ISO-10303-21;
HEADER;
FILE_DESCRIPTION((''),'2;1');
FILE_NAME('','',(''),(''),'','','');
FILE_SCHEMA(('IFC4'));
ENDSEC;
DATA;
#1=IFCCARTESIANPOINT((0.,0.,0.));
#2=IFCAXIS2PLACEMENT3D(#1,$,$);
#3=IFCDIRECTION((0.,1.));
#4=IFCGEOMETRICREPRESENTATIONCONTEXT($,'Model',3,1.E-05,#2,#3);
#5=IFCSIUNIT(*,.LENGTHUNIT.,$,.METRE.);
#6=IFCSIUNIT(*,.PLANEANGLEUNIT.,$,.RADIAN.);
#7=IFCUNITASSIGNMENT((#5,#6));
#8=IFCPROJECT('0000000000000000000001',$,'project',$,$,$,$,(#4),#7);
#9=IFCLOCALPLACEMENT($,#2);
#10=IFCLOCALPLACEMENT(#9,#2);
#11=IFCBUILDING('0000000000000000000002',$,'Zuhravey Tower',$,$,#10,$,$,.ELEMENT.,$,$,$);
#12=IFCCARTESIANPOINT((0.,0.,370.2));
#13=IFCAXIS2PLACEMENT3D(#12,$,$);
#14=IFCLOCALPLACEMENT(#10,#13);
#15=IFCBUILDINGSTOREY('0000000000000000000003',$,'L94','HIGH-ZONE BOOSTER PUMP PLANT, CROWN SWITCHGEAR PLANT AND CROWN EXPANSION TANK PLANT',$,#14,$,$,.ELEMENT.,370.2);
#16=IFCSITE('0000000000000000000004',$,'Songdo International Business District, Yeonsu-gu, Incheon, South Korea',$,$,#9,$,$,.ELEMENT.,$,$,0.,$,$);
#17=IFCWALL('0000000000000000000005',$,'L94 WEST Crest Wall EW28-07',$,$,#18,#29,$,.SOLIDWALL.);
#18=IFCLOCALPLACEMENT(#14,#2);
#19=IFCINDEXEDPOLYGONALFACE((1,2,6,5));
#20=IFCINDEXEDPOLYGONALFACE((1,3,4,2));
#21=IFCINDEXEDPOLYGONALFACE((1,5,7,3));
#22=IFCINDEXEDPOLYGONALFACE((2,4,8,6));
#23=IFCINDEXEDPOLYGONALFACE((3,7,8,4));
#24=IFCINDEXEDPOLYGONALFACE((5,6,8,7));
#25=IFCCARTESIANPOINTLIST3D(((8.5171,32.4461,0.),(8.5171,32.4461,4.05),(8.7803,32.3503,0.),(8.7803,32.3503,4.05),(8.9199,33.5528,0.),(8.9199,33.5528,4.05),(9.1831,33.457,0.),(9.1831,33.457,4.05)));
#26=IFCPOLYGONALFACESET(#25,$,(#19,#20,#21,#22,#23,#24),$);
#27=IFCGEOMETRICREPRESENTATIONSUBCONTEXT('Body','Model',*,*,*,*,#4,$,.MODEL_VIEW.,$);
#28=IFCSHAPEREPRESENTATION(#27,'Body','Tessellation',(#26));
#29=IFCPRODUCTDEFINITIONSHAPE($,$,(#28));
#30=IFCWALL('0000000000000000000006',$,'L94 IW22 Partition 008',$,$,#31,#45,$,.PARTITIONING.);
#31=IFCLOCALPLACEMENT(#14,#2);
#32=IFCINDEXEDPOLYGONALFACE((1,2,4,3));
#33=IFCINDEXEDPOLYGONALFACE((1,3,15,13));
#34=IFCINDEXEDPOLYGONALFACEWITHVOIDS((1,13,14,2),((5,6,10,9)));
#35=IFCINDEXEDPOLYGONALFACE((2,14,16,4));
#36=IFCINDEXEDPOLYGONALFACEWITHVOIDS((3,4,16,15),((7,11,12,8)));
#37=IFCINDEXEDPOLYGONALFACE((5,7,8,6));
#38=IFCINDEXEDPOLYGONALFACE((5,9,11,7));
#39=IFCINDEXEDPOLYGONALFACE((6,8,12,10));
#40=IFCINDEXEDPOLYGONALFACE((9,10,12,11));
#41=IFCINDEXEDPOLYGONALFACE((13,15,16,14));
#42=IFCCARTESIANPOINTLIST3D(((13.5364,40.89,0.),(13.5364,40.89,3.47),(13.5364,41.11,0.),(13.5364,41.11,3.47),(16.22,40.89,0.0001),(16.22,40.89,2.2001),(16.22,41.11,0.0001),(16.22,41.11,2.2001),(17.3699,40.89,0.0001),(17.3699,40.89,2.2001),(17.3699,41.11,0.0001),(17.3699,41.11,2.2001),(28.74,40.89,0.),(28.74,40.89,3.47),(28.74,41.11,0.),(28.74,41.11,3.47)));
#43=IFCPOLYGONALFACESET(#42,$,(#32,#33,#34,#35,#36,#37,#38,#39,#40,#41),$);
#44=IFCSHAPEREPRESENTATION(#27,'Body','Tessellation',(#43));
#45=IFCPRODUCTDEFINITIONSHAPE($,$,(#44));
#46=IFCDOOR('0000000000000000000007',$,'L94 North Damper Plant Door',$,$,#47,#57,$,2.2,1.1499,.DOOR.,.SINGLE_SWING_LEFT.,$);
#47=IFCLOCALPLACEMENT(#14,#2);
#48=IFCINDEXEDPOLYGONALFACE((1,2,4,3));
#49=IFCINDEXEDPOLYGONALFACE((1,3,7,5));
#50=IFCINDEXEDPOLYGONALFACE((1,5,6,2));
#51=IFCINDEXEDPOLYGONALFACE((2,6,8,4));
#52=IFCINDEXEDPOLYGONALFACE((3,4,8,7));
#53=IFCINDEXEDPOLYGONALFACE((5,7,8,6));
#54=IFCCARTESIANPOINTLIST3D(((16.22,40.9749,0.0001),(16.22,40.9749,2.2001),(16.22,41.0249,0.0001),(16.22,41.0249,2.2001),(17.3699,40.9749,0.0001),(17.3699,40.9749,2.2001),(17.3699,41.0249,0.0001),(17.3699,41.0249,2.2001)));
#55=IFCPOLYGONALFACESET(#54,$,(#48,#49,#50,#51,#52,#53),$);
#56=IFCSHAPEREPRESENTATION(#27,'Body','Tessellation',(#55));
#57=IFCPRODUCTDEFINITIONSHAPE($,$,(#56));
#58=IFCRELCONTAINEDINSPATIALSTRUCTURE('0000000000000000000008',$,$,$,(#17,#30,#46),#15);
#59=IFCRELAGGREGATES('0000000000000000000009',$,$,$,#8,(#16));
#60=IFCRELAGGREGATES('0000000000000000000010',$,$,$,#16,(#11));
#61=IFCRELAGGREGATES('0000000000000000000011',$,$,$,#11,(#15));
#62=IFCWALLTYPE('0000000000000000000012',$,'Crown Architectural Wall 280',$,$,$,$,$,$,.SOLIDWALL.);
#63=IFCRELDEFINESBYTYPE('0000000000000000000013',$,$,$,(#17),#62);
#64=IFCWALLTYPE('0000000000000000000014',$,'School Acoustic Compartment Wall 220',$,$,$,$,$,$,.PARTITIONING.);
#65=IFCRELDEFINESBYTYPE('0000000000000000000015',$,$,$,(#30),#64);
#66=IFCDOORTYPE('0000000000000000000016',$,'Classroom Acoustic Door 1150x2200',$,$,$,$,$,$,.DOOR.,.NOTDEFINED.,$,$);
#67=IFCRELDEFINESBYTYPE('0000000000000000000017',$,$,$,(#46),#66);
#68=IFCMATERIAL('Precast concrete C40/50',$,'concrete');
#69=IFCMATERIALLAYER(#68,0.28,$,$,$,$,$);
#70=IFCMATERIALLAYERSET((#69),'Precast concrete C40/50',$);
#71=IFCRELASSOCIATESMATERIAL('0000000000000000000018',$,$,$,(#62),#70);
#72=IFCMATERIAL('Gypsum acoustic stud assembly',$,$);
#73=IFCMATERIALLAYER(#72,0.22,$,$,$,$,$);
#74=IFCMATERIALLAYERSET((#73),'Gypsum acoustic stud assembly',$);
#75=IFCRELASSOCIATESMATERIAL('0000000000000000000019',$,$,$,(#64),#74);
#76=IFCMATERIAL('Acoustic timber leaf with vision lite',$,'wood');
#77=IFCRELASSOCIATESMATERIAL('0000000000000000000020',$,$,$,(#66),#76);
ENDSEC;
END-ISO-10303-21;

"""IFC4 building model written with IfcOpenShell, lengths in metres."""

from ifc_helpers import new_model, si_unit, direction, frame, frame_2d, origin, place, context, subcontext, project, spatial, rectangle, extrude, material, layer, layer_set, type_object, element, fill, save


model = new_model("IFC4")

# Units and contexts
model_context = context("Model", 3, precision=1e-05, world=origin(), true_north=direction((0.0, 1.0)))
body_context = subcontext(model_context, "Body", "Model", "MODEL_VIEW")
ifc_project = project(units=[si_unit("LENGTHUNIT", "METRE"), si_unit("PLANEANGLEUNIT", "RADIAN")], contexts=[model_context])

# Site, building, storey
site_placement = place(None, origin())
site = spatial("IfcSite", under=ifc_project, at=site_placement, Name="Songdo International Business District, Yeonsu-gu, Incheon, South Korea", CompositionType="ELEMENT", RefElevation=0.0)
building_placement = place(site_placement, origin())
building = spatial("IfcBuilding", under=site, at=building_placement, Name="Zuhravey Tower", CompositionType="ELEMENT")
storey_placement = place(building_placement, frame((0.0, 0.0, 370.2)))
storey = spatial("IfcBuildingStorey", under=building, at=storey_placement, Name="L94", Description="HIGH-ZONE BOOSTER PUMP PLANT, CROWN SWITCHGEAR PLANT AND CROWN EXPANSION TANK PLANT", CompositionType="ELEMENT", Elevation=370.2)

# Wall
ifc_material_1 = material(Name="Precast concrete C40/50", Category="concrete")
ifc_layer_1 = layer(ifc_material_1, 0.28)
ifc_layer_set_1 = layer_set([ifc_layer_1], Name="Precast concrete C40/50")
wall_type_1 = type_object("IfcWallType", Name="Crown Architectural Wall 280", PredefinedType="SOLIDWALL", material=ifc_layer_set_1)
wall_1_placement = place(storey_placement, frame((8.6487, 32.3982, 0.0), z_axis=(0.0, 0.0, 1.0), x_axis=(0.342043, 0.939684, 0.0)))
element("IfcWall", 1, at=wall_1_placement, inside=storey, type_object=wall_type_1, Name="L94 WEST Crest Wall EW28-07", PredefinedType="SOLIDWALL", context=body_context, shape_type="SweptSolid", body=[
    extrude(rectangle(XDim=1.1777, YDim=0.28, at=frame_2d((0.5889, 0.0))), origin(), (0.0, 0.0, 1.0), 4.05),
])

# Wall, opening, door
ifc_material_2 = material(Name="Gypsum acoustic stud assembly")
ifc_layer_2 = layer(ifc_material_2, 0.22)
ifc_layer_set_2 = layer_set([ifc_layer_2], Name="Gypsum acoustic stud assembly")
wall_type_2 = type_object("IfcWallType", Name="School Acoustic Compartment Wall 220", PredefinedType="PARTITIONING", material=ifc_layer_set_2)
wall_2_placement = place(storey_placement, frame((13.5364, 41.0, 0.0), z_axis=(0.0, 0.0, 1.0), x_axis=(1.0, 0.0, 0.0)))
wall_2 = element("IfcWall", 2, at=wall_2_placement, inside=storey, type_object=wall_type_2, Name="L94 IW22 Partition 008", PredefinedType="PARTITIONING", context=body_context, shape_type="SweptSolid", body=[
    extrude(rectangle(XDim=15.2036, YDim=0.22, at=frame_2d((7.6018, 0.0))), origin(), (0.0, 0.0, 1.0), 3.47),
])
opening_placement = place(wall_2_placement, frame((2.6836, 0.0, 0.0)))
opening = element("IfcOpeningElement", 3, at=opening_placement, cuts=wall_2, PredefinedType="OPENING", context=body_context, shape_type="SweptSolid", body=[
    extrude(rectangle(XDim=1.1499, YDim=2.2, at=frame_2d((0.575, 1.1001))), frame((0.0, 0.1221, 0.0), z_axis=(0.0, -1.0, 0.0), x_axis=(1.0, 0.0, 0.0)), (0.0, 0.0, 1.0), 0.2439),
])
ifc_material_3 = material(Name="Acoustic timber leaf with vision lite", Category="wood")
door_type = type_object("IfcDoorType", Name="Classroom Acoustic Door 1150x2200", OperationType="NOTDEFINED", PredefinedType="DOOR", material=ifc_material_3)
door_placement = place(opening_placement, origin())
door = element("IfcDoor", 4, at=door_placement, inside=storey, type_object=door_type, Name="L94 North Damper Plant Door", OperationType="SINGLE_SWING_LEFT", OverallHeight=2.2, OverallWidth=1.1499, PredefinedType="DOOR", context=body_context, shape_type="SweptSolid", body=[
    extrude(rectangle(XDim=1.1499, YDim=2.2, at=frame_2d((0.575, 1.1001))), frame((0.0, 0.0249, 0.0), z_axis=(0.0, -1.0, 0.0), x_axis=(1.0, 0.0, 0.0)), (0.0, 0.0, 1.0), 0.05),
])
fill(opening, door)

save(model, "model.ifc")
